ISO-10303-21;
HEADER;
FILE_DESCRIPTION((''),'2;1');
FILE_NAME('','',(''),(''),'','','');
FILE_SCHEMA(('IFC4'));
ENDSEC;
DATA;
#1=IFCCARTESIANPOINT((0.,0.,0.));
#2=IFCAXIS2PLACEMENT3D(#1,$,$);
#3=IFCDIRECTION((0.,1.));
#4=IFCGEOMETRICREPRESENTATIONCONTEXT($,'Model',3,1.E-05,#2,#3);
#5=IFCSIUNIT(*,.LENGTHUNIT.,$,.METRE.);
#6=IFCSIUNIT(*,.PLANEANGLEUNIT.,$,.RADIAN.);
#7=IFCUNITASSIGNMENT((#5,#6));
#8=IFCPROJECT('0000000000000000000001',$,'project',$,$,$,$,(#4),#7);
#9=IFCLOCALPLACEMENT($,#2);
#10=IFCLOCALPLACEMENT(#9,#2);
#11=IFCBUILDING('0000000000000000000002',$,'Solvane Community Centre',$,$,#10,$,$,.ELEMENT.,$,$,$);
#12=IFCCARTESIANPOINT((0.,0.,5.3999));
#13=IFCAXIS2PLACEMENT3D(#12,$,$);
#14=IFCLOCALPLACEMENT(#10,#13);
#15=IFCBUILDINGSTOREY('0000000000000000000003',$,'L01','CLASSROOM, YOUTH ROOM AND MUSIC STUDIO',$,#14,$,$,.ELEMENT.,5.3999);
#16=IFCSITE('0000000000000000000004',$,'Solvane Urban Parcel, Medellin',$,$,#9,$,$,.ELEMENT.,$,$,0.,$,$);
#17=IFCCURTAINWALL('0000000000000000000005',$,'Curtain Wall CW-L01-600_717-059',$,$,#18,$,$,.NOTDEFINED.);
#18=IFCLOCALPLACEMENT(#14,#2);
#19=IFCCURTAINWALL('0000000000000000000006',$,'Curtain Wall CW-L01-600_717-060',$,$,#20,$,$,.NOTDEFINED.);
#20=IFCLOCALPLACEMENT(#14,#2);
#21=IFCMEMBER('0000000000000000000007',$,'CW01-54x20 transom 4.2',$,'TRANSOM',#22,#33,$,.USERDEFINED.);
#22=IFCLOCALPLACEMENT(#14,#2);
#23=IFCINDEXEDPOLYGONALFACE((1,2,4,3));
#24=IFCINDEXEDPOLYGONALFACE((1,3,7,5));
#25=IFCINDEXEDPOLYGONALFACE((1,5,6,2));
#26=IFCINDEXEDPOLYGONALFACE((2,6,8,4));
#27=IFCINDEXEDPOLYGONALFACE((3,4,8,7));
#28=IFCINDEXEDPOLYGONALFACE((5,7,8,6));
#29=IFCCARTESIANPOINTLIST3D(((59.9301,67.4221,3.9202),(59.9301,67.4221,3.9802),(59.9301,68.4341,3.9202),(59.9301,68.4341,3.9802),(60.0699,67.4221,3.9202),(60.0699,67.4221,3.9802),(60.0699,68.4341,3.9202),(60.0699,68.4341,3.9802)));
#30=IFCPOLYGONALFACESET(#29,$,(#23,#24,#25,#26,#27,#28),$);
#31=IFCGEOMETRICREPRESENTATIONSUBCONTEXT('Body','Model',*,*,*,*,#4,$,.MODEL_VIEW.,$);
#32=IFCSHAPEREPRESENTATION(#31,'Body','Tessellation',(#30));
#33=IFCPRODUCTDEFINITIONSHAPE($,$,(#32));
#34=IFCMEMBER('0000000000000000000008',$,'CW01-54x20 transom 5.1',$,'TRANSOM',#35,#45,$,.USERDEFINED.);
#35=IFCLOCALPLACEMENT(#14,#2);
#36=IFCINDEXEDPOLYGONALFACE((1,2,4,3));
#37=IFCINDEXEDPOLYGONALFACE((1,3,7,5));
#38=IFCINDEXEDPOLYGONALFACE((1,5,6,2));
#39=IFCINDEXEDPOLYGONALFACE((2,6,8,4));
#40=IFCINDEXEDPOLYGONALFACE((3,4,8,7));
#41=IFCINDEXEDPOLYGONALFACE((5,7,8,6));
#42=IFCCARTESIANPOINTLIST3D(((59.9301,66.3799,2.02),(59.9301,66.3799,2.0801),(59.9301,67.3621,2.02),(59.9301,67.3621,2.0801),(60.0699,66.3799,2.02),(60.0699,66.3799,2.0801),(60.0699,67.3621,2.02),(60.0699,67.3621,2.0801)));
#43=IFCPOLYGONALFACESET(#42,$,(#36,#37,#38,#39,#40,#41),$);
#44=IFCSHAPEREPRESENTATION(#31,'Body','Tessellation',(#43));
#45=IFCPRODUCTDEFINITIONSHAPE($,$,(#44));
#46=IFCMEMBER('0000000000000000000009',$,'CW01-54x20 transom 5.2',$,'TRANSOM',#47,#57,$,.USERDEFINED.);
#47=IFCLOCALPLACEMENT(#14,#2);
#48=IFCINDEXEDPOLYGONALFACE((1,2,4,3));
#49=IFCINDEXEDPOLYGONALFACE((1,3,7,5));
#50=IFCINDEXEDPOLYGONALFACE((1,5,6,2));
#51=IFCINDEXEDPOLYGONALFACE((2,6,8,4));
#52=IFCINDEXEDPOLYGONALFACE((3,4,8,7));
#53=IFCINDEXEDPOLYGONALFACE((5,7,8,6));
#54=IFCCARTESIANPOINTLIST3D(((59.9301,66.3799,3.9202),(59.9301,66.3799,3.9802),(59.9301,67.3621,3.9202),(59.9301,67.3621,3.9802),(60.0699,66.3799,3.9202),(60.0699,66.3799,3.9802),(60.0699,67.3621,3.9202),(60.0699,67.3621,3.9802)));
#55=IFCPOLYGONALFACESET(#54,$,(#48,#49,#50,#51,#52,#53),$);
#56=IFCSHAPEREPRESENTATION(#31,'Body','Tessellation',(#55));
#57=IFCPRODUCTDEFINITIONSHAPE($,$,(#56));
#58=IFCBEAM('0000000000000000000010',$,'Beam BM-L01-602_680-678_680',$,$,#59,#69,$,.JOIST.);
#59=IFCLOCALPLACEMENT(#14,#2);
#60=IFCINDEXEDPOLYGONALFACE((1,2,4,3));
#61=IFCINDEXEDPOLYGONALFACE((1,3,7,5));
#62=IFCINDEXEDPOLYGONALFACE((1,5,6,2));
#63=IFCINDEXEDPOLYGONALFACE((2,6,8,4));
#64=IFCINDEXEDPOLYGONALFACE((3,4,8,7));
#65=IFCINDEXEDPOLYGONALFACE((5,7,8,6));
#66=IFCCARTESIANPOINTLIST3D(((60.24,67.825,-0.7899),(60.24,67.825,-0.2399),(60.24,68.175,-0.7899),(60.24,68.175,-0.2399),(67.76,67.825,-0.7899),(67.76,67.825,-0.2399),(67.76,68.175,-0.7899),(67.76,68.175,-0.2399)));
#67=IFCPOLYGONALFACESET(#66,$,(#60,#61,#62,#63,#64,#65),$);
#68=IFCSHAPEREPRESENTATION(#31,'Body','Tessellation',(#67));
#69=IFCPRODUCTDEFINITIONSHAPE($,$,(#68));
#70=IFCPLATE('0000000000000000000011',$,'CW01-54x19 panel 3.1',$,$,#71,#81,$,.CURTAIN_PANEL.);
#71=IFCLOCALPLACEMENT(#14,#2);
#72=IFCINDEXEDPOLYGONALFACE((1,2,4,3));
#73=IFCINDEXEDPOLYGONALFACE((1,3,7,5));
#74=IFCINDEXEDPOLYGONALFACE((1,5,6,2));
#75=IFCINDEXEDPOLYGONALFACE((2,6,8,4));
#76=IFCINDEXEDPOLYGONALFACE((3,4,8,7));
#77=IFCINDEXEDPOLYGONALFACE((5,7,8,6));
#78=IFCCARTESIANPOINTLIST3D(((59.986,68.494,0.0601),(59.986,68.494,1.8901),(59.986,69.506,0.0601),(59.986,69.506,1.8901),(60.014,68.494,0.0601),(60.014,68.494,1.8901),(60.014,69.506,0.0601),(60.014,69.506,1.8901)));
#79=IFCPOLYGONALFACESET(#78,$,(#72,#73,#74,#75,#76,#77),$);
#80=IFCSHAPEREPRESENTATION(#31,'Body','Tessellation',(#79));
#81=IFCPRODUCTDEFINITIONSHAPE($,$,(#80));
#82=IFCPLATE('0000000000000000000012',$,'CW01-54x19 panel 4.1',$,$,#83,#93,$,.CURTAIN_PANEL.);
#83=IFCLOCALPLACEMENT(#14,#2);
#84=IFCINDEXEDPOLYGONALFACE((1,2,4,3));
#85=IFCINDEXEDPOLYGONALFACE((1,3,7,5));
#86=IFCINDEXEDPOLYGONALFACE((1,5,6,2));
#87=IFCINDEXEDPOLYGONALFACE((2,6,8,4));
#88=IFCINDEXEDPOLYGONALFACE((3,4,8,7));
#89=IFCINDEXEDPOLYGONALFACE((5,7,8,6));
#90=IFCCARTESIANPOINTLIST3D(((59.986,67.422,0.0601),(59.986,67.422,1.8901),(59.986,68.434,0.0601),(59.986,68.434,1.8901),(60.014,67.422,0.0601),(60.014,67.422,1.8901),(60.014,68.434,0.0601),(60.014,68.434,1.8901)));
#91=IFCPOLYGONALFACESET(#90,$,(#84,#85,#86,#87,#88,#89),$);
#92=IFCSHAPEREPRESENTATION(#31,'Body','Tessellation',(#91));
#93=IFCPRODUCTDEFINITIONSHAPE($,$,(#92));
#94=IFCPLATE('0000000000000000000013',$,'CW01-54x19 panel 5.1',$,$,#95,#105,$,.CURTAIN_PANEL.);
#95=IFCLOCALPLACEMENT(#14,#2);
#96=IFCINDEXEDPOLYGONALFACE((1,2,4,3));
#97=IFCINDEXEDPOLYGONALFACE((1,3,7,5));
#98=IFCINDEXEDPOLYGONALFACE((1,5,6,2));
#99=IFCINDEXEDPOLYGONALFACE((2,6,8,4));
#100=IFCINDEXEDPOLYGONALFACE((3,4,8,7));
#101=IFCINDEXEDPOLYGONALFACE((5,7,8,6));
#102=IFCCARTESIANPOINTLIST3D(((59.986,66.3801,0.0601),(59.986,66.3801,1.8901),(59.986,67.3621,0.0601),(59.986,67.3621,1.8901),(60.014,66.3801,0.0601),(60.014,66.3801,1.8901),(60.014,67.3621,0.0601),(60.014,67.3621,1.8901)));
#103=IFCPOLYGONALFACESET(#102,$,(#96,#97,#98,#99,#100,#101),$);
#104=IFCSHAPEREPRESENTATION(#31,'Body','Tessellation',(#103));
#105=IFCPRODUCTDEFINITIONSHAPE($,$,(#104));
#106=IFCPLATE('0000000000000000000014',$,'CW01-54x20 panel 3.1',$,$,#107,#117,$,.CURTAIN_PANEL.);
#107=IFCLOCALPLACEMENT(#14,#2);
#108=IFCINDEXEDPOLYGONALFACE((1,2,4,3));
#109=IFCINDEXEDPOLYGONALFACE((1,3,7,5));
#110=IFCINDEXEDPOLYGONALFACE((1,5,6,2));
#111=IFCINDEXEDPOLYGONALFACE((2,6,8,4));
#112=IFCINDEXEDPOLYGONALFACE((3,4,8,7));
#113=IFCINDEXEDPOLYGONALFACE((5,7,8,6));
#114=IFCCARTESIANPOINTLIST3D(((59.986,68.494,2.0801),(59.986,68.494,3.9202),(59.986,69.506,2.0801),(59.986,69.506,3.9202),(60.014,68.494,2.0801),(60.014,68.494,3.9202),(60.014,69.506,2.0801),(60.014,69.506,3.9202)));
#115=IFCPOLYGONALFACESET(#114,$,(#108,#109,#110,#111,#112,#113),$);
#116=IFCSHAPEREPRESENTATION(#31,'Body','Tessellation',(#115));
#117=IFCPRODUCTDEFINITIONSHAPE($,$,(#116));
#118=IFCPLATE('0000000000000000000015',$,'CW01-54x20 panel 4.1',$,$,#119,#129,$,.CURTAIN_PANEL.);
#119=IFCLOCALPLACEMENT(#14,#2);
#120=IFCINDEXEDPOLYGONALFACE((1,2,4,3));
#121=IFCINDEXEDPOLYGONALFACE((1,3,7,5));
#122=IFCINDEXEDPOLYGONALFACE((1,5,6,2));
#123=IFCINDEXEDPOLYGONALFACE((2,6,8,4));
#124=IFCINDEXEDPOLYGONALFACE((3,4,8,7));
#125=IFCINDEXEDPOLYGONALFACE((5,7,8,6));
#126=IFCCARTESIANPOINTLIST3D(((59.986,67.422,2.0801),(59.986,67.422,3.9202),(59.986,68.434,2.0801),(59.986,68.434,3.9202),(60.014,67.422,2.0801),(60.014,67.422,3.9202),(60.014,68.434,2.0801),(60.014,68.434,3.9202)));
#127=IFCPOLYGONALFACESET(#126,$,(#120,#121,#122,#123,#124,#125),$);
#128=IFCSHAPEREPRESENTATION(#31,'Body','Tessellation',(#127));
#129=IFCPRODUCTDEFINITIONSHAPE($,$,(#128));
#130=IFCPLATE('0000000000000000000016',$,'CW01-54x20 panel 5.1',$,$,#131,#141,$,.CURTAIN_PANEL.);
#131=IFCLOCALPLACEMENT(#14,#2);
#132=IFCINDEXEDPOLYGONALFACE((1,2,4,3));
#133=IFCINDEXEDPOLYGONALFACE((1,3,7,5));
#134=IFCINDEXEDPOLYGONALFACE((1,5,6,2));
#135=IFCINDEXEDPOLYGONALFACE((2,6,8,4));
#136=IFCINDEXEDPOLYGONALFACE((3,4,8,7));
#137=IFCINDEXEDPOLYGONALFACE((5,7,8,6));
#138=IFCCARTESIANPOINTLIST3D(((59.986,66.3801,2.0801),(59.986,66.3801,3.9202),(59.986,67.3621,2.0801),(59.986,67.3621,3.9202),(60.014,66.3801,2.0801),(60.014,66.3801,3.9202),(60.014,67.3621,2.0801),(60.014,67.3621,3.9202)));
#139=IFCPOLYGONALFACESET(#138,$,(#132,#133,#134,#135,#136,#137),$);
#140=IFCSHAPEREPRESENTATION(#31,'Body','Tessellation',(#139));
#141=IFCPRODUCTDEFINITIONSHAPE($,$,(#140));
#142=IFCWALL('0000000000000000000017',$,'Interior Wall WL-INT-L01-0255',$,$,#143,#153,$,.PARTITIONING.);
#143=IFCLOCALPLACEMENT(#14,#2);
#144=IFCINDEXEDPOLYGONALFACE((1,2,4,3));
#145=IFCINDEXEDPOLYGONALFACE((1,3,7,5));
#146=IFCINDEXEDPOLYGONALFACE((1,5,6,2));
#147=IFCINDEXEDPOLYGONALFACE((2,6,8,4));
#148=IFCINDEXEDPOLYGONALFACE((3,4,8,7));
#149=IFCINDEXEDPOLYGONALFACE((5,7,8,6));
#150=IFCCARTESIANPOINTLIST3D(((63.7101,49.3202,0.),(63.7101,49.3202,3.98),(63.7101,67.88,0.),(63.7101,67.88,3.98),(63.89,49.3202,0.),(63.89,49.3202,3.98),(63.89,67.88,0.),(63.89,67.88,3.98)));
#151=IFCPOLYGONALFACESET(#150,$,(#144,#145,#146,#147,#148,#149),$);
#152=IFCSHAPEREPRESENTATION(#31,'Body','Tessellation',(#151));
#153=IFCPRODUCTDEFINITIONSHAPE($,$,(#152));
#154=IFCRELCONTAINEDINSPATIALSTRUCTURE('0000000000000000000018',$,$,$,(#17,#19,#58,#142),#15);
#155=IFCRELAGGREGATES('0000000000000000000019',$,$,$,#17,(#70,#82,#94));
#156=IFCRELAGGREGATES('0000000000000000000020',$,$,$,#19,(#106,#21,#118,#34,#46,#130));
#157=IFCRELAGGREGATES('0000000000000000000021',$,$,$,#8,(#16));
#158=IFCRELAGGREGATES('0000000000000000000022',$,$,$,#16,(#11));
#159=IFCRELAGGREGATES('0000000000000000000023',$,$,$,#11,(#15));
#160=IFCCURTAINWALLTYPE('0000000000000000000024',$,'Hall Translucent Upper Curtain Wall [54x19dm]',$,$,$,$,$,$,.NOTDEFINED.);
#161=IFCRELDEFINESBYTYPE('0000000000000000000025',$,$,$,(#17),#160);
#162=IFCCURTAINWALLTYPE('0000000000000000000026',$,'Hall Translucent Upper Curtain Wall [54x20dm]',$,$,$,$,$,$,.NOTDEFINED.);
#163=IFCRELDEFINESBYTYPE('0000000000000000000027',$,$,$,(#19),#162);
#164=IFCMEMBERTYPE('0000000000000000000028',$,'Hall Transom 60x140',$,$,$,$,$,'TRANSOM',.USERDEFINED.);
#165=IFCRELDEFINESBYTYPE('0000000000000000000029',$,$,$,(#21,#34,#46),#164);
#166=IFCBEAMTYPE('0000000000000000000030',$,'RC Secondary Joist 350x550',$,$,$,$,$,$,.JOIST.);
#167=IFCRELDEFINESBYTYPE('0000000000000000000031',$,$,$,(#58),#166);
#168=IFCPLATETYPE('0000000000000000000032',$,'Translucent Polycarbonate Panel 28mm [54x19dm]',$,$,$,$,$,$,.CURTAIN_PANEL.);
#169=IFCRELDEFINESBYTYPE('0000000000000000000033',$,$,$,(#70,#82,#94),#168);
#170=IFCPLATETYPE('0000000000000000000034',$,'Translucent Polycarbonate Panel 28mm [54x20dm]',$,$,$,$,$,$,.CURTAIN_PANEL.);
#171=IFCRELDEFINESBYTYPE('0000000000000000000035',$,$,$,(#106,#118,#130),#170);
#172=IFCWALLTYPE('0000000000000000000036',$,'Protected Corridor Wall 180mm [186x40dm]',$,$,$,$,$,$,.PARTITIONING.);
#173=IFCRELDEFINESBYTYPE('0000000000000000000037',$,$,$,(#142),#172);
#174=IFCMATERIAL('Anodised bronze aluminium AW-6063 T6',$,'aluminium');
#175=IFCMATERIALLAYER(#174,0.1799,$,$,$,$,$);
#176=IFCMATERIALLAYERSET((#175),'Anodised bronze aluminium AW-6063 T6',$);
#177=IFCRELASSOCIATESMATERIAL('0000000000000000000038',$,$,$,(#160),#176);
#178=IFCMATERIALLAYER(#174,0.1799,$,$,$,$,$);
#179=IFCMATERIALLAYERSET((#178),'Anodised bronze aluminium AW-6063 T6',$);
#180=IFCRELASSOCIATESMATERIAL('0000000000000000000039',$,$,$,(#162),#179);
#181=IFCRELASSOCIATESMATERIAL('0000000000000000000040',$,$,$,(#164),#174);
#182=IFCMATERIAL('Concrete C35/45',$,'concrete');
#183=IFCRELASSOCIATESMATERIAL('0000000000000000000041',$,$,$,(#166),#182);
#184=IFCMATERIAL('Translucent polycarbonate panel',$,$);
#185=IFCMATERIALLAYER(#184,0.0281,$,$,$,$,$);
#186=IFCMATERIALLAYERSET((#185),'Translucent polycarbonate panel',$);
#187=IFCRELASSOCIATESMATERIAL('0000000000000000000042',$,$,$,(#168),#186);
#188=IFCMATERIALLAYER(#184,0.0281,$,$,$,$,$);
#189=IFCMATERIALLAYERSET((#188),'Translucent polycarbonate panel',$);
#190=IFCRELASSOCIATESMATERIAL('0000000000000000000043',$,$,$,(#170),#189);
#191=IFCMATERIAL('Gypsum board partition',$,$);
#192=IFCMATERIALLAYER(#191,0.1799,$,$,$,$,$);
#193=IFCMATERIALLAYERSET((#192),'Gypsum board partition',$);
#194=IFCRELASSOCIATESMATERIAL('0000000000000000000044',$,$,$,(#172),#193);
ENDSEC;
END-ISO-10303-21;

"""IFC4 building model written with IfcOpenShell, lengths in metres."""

from ifc_helpers import new_model, si_unit, direction, frame, frame_2d, origin, origin_2d, place, context, subcontext, project, spatial, rectangle, extrude, material, layer, layer_set, material_profile, profile_set, type_object, element, aggregate, save


model = new_model("IFC4")

# Units and contexts
model_context = context("Model", 3, precision=1e-05, world=origin(), true_north=direction((0.0, 1.0)))
body_context = subcontext(model_context, "Body", "Model", "MODEL_VIEW")
ifc_project = project(units=[si_unit("LENGTHUNIT", "METRE"), si_unit("PLANEANGLEUNIT", "RADIAN")], contexts=[model_context])

# Site, building, storey
site_placement = place(None, origin())
site = spatial("IfcSite", under=ifc_project, at=site_placement, Name="Solvane Urban Parcel, Medellin", CompositionType="ELEMENT", RefElevation=0.0)
building_placement = place(site_placement, origin())
building = spatial("IfcBuilding", under=site, at=building_placement, Name="Solvane Community Centre", CompositionType="ELEMENT")
storey_placement = place(building_placement, frame((0.0, 0.0, 5.3999)))
storey = spatial("IfcBuildingStorey", under=building, at=storey_placement, Name="L01", Description="CLASSROOM, YOUTH ROOM AND MUSIC STUDIO", CompositionType="ELEMENT", Elevation=5.3999)

# Curtain walls
ifc_material_1 = material(Name="Anodised bronze aluminium AW-6063 T6", Category="aluminium")
ifc_layer_1 = layer(ifc_material_1, 0.1799)
ifc_layer_set_1 = layer_set([ifc_layer_1], Name="Anodised bronze aluminium AW-6063 T6")
curtain_wall_type_1 = type_object("IfcCurtainWallType", Name="Hall Translucent Upper Curtain Wall [54x19dm]", PredefinedType="NOTDEFINED", material=ifc_layer_set_1)
curtain_wall_1_placement = place(storey_placement, origin())
curtain_wall_1 = element("IfcCurtainWall", 1, at=curtain_wall_1_placement, inside=storey, type_object=curtain_wall_type_1, Name="Curtain Wall CW-L01-600_717-059", PredefinedType="NOTDEFINED")
ifc_layer_2 = layer(ifc_material_1, 0.1799)
ifc_layer_set_2 = layer_set([ifc_layer_2], Name="Anodised bronze aluminium AW-6063 T6")
curtain_wall_type_2 = type_object("IfcCurtainWallType", Name="Hall Translucent Upper Curtain Wall [54x20dm]", PredefinedType="NOTDEFINED", material=ifc_layer_set_2)
curtain_wall_2_placement = place(storey_placement, origin())
curtain_wall_2 = element("IfcCurtainWall", 2, at=curtain_wall_2_placement, inside=storey, type_object=curtain_wall_type_2, Name="Curtain Wall CW-L01-600_717-060", PredefinedType="NOTDEFINED")

# Members
ifc_material_profile_1 = material_profile(ifc_material_1, rectangle(XDim=0.1399, YDim=0.0601, at=origin_2d()), Name="CW-T 60x140")
ifc_profile_set_1 = profile_set([ifc_material_profile_1], Name="Anodised bronze aluminium AW-6063 T6")
member_type_1 = type_object("IfcMemberType", Name="Hall Transom 60x140", ElementType="TRANSOM", PredefinedType="USERDEFINED", material=ifc_profile_set_1)
member_1_placement = place(storey_placement, frame((60.0, 68.4341, 3.9502), z_axis=(0.0, -1.0, 0.0), x_axis=(1.0, 0.0, 0.0)))
member_1 = element("IfcMember", 3, at=member_1_placement, type_object=member_type_1, Name="CW01-54x20 transom 4.2", ObjectType="TRANSOM", PredefinedType="USERDEFINED", context=body_context, shape_type="SweptSolid", body=[
    extrude(rectangle(XDim=0.1399, YDim=0.0601, at=origin_2d()), origin(), (0.0, 0.0, 1.0), 1.012),
])
member_2_placement = place(storey_placement, frame((60.0, 67.3621, 2.05), z_axis=(0.0, -1.0, 0.0), x_axis=(1.0, 0.0, 0.0)))
member_2 = element("IfcMember", 4, at=member_2_placement, type_object=member_type_1, Name="CW01-54x20 transom 5.1", ObjectType="TRANSOM", PredefinedType="USERDEFINED", context=body_context, shape_type="SweptSolid", body=[
    extrude(rectangle(XDim=0.1399, YDim=0.0601, at=origin_2d()), origin(), (0.0, 0.0, 1.0), 0.9822),
])
member_3_placement = place(storey_placement, frame((60.0, 67.3621, 3.9502), z_axis=(0.0, -1.0, 0.0), x_axis=(1.0, 0.0, 0.0)))
member_3 = element("IfcMember", 5, at=member_3_placement, type_object=member_type_1, Name="CW01-54x20 transom 5.2", ObjectType="TRANSOM", PredefinedType="USERDEFINED", context=body_context, shape_type="SweptSolid", body=[
    extrude(rectangle(XDim=0.1399, YDim=0.0601, at=origin_2d()), origin(), (0.0, 0.0, 1.0), 0.9822),
])

# Beam
ifc_material_2 = material(Name="Concrete C35/45", Category="concrete")
ifc_material_profile_2 = material_profile(ifc_material_2, rectangle(XDim=0.3501, YDim=0.55, at=origin_2d()), Name="RC 350x550")
ifc_profile_set_2 = profile_set([ifc_material_profile_2], Name="Concrete C35/45")
beam_type = type_object("IfcBeamType", Name="RC Secondary Joist 350x550", PredefinedType="JOIST", material=ifc_profile_set_2)
beam_placement = place(storey_placement, frame((60.24, 68.0, -0.5149), z_axis=(1.0, 0.0, 0.0), x_axis=(0.0, 1.0, 0.0)))
element("IfcBeam", 6, at=beam_placement, inside=storey, type_object=beam_type, Name="Beam BM-L01-602_680-678_680", PredefinedType="JOIST", context=body_context, shape_type="SweptSolid", body=[
    extrude(rectangle(XDim=0.3501, YDim=0.55, at=origin_2d()), origin(), (0.0, 0.0, 1.0), 7.52),
])

# Plates
ifc_material_3 = material(Name="Translucent polycarbonate panel")
ifc_layer_3 = layer(ifc_material_3, 0.0281)
ifc_layer_set_3 = layer_set([ifc_layer_3], Name="Translucent polycarbonate panel")
plate_type_1 = type_object("IfcPlateType", Name="Translucent Polycarbonate Panel 28mm [54x19dm]", PredefinedType="CURTAIN_PANEL", material=ifc_layer_set_3)
plate_1_placement = place(storey_placement, frame((60.0, 69.0, 0.0601), z_axis=(0.0, 0.0, 1.0), x_axis=(0.0, -1.0, 0.0)))
plate_1 = element("IfcPlate", 7, at=plate_1_placement, type_object=plate_type_1, Name="CW01-54x19 panel 3.1", PredefinedType="CURTAIN_PANEL", context=body_context, shape_type="SweptSolid", body=[
    extrude(rectangle(XDim=1.012, YDim=0.0281, at=origin_2d()), origin(), (0.0, 0.0, 1.0), 1.8301),
])
plate_2_placement = place(storey_placement, frame((60.0, 67.928, 0.0601), z_axis=(0.0, 0.0, 1.0), x_axis=(0.0, -1.0, 0.0)))
plate_2 = element("IfcPlate", 8, at=plate_2_placement, type_object=plate_type_1, Name="CW01-54x19 panel 4.1", PredefinedType="CURTAIN_PANEL", context=body_context, shape_type="SweptSolid", body=[
    extrude(rectangle(XDim=1.012, YDim=0.0281, at=origin_2d()), origin(), (0.0, 0.0, 1.0), 1.8301),
])
plate_3_placement = place(storey_placement, frame((60.0, 66.8711, 0.0601), z_axis=(0.0, 0.0, 1.0), x_axis=(0.0, -1.0, 0.0)))
plate_3 = element("IfcPlate", 9, at=plate_3_placement, type_object=plate_type_1, Name="CW01-54x19 panel 5.1", PredefinedType="CURTAIN_PANEL", context=body_context, shape_type="SweptSolid", body=[
    extrude(rectangle(XDim=0.9819, YDim=0.0281, at=origin_2d()), origin(), (0.0, 0.0, 1.0), 1.8301),
])
aggregate(curtain_wall_1, [plate_1, plate_2, plate_3])
ifc_layer_4 = layer(ifc_material_3, 0.0281)
ifc_layer_set_4 = layer_set([ifc_layer_4], Name="Translucent polycarbonate panel")
plate_type_2 = type_object("IfcPlateType", Name="Translucent Polycarbonate Panel 28mm [54x20dm]", PredefinedType="CURTAIN_PANEL", material=ifc_layer_set_4)
plate_4_placement = place(storey_placement, frame((60.0, 69.0, 2.0801), z_axis=(0.0, 0.0, 1.0), x_axis=(0.0, -1.0, 0.0)))
plate_4 = element("IfcPlate", 10, at=plate_4_placement, type_object=plate_type_2, Name="CW01-54x20 panel 3.1", PredefinedType="CURTAIN_PANEL", context=body_context, shape_type="SweptSolid", body=[
    extrude(rectangle(XDim=1.012, YDim=0.0281, at=origin_2d()), origin(), (0.0, 0.0, 1.0), 1.8401),
])
plate_5_placement = place(storey_placement, frame((60.0, 67.928, 2.0801), z_axis=(0.0, 0.0, 1.0), x_axis=(0.0, -1.0, 0.0)))
plate_5 = element("IfcPlate", 11, at=plate_5_placement, type_object=plate_type_2, Name="CW01-54x20 panel 4.1", PredefinedType="CURTAIN_PANEL", context=body_context, shape_type="SweptSolid", body=[
    extrude(rectangle(XDim=1.012, YDim=0.0281, at=origin_2d()), origin(), (0.0, 0.0, 1.0), 1.8401),
])
plate_6_placement = place(storey_placement, frame((60.0, 66.8711, 2.0801), z_axis=(0.0, 0.0, 1.0), x_axis=(0.0, -1.0, 0.0)))
plate_6 = element("IfcPlate", 12, at=plate_6_placement, type_object=plate_type_2, Name="CW01-54x20 panel 5.1", PredefinedType="CURTAIN_PANEL", context=body_context, shape_type="SweptSolid", body=[
    extrude(rectangle(XDim=0.9819, YDim=0.0281, at=origin_2d()), origin(), (0.0, 0.0, 1.0), 1.8401),
])
aggregate(curtain_wall_2, [plate_4, member_1, plate_5, member_2, member_3, plate_6])

# Wall
ifc_material_4 = material(Name="Gypsum board partition")
ifc_layer_5 = layer(ifc_material_4, 0.1799)
ifc_layer_set_5 = layer_set([ifc_layer_5], Name="Gypsum board partition")
wall_type = type_object("IfcWallType", Name="Protected Corridor Wall 180mm [186x40dm]", PredefinedType="PARTITIONING", material=ifc_layer_set_5)
wall_placement = place(storey_placement, frame((63.8, 67.8799, 0.0), z_axis=(0.0, 0.0, 1.0), x_axis=(0.0, -1.0, 0.0)))
element("IfcWall", 13, at=wall_placement, inside=storey, type_object=wall_type, Name="Interior Wall WL-INT-L01-0255", PredefinedType="PARTITIONING", context=body_context, shape_type="SweptSolid", body=[
    extrude(rectangle(XDim=18.5598, YDim=0.1799, at=frame_2d((9.2798, 0.0))), origin(), (0.0, 0.0, 1.0), 3.98),
])

save(model, "model.ifc")
